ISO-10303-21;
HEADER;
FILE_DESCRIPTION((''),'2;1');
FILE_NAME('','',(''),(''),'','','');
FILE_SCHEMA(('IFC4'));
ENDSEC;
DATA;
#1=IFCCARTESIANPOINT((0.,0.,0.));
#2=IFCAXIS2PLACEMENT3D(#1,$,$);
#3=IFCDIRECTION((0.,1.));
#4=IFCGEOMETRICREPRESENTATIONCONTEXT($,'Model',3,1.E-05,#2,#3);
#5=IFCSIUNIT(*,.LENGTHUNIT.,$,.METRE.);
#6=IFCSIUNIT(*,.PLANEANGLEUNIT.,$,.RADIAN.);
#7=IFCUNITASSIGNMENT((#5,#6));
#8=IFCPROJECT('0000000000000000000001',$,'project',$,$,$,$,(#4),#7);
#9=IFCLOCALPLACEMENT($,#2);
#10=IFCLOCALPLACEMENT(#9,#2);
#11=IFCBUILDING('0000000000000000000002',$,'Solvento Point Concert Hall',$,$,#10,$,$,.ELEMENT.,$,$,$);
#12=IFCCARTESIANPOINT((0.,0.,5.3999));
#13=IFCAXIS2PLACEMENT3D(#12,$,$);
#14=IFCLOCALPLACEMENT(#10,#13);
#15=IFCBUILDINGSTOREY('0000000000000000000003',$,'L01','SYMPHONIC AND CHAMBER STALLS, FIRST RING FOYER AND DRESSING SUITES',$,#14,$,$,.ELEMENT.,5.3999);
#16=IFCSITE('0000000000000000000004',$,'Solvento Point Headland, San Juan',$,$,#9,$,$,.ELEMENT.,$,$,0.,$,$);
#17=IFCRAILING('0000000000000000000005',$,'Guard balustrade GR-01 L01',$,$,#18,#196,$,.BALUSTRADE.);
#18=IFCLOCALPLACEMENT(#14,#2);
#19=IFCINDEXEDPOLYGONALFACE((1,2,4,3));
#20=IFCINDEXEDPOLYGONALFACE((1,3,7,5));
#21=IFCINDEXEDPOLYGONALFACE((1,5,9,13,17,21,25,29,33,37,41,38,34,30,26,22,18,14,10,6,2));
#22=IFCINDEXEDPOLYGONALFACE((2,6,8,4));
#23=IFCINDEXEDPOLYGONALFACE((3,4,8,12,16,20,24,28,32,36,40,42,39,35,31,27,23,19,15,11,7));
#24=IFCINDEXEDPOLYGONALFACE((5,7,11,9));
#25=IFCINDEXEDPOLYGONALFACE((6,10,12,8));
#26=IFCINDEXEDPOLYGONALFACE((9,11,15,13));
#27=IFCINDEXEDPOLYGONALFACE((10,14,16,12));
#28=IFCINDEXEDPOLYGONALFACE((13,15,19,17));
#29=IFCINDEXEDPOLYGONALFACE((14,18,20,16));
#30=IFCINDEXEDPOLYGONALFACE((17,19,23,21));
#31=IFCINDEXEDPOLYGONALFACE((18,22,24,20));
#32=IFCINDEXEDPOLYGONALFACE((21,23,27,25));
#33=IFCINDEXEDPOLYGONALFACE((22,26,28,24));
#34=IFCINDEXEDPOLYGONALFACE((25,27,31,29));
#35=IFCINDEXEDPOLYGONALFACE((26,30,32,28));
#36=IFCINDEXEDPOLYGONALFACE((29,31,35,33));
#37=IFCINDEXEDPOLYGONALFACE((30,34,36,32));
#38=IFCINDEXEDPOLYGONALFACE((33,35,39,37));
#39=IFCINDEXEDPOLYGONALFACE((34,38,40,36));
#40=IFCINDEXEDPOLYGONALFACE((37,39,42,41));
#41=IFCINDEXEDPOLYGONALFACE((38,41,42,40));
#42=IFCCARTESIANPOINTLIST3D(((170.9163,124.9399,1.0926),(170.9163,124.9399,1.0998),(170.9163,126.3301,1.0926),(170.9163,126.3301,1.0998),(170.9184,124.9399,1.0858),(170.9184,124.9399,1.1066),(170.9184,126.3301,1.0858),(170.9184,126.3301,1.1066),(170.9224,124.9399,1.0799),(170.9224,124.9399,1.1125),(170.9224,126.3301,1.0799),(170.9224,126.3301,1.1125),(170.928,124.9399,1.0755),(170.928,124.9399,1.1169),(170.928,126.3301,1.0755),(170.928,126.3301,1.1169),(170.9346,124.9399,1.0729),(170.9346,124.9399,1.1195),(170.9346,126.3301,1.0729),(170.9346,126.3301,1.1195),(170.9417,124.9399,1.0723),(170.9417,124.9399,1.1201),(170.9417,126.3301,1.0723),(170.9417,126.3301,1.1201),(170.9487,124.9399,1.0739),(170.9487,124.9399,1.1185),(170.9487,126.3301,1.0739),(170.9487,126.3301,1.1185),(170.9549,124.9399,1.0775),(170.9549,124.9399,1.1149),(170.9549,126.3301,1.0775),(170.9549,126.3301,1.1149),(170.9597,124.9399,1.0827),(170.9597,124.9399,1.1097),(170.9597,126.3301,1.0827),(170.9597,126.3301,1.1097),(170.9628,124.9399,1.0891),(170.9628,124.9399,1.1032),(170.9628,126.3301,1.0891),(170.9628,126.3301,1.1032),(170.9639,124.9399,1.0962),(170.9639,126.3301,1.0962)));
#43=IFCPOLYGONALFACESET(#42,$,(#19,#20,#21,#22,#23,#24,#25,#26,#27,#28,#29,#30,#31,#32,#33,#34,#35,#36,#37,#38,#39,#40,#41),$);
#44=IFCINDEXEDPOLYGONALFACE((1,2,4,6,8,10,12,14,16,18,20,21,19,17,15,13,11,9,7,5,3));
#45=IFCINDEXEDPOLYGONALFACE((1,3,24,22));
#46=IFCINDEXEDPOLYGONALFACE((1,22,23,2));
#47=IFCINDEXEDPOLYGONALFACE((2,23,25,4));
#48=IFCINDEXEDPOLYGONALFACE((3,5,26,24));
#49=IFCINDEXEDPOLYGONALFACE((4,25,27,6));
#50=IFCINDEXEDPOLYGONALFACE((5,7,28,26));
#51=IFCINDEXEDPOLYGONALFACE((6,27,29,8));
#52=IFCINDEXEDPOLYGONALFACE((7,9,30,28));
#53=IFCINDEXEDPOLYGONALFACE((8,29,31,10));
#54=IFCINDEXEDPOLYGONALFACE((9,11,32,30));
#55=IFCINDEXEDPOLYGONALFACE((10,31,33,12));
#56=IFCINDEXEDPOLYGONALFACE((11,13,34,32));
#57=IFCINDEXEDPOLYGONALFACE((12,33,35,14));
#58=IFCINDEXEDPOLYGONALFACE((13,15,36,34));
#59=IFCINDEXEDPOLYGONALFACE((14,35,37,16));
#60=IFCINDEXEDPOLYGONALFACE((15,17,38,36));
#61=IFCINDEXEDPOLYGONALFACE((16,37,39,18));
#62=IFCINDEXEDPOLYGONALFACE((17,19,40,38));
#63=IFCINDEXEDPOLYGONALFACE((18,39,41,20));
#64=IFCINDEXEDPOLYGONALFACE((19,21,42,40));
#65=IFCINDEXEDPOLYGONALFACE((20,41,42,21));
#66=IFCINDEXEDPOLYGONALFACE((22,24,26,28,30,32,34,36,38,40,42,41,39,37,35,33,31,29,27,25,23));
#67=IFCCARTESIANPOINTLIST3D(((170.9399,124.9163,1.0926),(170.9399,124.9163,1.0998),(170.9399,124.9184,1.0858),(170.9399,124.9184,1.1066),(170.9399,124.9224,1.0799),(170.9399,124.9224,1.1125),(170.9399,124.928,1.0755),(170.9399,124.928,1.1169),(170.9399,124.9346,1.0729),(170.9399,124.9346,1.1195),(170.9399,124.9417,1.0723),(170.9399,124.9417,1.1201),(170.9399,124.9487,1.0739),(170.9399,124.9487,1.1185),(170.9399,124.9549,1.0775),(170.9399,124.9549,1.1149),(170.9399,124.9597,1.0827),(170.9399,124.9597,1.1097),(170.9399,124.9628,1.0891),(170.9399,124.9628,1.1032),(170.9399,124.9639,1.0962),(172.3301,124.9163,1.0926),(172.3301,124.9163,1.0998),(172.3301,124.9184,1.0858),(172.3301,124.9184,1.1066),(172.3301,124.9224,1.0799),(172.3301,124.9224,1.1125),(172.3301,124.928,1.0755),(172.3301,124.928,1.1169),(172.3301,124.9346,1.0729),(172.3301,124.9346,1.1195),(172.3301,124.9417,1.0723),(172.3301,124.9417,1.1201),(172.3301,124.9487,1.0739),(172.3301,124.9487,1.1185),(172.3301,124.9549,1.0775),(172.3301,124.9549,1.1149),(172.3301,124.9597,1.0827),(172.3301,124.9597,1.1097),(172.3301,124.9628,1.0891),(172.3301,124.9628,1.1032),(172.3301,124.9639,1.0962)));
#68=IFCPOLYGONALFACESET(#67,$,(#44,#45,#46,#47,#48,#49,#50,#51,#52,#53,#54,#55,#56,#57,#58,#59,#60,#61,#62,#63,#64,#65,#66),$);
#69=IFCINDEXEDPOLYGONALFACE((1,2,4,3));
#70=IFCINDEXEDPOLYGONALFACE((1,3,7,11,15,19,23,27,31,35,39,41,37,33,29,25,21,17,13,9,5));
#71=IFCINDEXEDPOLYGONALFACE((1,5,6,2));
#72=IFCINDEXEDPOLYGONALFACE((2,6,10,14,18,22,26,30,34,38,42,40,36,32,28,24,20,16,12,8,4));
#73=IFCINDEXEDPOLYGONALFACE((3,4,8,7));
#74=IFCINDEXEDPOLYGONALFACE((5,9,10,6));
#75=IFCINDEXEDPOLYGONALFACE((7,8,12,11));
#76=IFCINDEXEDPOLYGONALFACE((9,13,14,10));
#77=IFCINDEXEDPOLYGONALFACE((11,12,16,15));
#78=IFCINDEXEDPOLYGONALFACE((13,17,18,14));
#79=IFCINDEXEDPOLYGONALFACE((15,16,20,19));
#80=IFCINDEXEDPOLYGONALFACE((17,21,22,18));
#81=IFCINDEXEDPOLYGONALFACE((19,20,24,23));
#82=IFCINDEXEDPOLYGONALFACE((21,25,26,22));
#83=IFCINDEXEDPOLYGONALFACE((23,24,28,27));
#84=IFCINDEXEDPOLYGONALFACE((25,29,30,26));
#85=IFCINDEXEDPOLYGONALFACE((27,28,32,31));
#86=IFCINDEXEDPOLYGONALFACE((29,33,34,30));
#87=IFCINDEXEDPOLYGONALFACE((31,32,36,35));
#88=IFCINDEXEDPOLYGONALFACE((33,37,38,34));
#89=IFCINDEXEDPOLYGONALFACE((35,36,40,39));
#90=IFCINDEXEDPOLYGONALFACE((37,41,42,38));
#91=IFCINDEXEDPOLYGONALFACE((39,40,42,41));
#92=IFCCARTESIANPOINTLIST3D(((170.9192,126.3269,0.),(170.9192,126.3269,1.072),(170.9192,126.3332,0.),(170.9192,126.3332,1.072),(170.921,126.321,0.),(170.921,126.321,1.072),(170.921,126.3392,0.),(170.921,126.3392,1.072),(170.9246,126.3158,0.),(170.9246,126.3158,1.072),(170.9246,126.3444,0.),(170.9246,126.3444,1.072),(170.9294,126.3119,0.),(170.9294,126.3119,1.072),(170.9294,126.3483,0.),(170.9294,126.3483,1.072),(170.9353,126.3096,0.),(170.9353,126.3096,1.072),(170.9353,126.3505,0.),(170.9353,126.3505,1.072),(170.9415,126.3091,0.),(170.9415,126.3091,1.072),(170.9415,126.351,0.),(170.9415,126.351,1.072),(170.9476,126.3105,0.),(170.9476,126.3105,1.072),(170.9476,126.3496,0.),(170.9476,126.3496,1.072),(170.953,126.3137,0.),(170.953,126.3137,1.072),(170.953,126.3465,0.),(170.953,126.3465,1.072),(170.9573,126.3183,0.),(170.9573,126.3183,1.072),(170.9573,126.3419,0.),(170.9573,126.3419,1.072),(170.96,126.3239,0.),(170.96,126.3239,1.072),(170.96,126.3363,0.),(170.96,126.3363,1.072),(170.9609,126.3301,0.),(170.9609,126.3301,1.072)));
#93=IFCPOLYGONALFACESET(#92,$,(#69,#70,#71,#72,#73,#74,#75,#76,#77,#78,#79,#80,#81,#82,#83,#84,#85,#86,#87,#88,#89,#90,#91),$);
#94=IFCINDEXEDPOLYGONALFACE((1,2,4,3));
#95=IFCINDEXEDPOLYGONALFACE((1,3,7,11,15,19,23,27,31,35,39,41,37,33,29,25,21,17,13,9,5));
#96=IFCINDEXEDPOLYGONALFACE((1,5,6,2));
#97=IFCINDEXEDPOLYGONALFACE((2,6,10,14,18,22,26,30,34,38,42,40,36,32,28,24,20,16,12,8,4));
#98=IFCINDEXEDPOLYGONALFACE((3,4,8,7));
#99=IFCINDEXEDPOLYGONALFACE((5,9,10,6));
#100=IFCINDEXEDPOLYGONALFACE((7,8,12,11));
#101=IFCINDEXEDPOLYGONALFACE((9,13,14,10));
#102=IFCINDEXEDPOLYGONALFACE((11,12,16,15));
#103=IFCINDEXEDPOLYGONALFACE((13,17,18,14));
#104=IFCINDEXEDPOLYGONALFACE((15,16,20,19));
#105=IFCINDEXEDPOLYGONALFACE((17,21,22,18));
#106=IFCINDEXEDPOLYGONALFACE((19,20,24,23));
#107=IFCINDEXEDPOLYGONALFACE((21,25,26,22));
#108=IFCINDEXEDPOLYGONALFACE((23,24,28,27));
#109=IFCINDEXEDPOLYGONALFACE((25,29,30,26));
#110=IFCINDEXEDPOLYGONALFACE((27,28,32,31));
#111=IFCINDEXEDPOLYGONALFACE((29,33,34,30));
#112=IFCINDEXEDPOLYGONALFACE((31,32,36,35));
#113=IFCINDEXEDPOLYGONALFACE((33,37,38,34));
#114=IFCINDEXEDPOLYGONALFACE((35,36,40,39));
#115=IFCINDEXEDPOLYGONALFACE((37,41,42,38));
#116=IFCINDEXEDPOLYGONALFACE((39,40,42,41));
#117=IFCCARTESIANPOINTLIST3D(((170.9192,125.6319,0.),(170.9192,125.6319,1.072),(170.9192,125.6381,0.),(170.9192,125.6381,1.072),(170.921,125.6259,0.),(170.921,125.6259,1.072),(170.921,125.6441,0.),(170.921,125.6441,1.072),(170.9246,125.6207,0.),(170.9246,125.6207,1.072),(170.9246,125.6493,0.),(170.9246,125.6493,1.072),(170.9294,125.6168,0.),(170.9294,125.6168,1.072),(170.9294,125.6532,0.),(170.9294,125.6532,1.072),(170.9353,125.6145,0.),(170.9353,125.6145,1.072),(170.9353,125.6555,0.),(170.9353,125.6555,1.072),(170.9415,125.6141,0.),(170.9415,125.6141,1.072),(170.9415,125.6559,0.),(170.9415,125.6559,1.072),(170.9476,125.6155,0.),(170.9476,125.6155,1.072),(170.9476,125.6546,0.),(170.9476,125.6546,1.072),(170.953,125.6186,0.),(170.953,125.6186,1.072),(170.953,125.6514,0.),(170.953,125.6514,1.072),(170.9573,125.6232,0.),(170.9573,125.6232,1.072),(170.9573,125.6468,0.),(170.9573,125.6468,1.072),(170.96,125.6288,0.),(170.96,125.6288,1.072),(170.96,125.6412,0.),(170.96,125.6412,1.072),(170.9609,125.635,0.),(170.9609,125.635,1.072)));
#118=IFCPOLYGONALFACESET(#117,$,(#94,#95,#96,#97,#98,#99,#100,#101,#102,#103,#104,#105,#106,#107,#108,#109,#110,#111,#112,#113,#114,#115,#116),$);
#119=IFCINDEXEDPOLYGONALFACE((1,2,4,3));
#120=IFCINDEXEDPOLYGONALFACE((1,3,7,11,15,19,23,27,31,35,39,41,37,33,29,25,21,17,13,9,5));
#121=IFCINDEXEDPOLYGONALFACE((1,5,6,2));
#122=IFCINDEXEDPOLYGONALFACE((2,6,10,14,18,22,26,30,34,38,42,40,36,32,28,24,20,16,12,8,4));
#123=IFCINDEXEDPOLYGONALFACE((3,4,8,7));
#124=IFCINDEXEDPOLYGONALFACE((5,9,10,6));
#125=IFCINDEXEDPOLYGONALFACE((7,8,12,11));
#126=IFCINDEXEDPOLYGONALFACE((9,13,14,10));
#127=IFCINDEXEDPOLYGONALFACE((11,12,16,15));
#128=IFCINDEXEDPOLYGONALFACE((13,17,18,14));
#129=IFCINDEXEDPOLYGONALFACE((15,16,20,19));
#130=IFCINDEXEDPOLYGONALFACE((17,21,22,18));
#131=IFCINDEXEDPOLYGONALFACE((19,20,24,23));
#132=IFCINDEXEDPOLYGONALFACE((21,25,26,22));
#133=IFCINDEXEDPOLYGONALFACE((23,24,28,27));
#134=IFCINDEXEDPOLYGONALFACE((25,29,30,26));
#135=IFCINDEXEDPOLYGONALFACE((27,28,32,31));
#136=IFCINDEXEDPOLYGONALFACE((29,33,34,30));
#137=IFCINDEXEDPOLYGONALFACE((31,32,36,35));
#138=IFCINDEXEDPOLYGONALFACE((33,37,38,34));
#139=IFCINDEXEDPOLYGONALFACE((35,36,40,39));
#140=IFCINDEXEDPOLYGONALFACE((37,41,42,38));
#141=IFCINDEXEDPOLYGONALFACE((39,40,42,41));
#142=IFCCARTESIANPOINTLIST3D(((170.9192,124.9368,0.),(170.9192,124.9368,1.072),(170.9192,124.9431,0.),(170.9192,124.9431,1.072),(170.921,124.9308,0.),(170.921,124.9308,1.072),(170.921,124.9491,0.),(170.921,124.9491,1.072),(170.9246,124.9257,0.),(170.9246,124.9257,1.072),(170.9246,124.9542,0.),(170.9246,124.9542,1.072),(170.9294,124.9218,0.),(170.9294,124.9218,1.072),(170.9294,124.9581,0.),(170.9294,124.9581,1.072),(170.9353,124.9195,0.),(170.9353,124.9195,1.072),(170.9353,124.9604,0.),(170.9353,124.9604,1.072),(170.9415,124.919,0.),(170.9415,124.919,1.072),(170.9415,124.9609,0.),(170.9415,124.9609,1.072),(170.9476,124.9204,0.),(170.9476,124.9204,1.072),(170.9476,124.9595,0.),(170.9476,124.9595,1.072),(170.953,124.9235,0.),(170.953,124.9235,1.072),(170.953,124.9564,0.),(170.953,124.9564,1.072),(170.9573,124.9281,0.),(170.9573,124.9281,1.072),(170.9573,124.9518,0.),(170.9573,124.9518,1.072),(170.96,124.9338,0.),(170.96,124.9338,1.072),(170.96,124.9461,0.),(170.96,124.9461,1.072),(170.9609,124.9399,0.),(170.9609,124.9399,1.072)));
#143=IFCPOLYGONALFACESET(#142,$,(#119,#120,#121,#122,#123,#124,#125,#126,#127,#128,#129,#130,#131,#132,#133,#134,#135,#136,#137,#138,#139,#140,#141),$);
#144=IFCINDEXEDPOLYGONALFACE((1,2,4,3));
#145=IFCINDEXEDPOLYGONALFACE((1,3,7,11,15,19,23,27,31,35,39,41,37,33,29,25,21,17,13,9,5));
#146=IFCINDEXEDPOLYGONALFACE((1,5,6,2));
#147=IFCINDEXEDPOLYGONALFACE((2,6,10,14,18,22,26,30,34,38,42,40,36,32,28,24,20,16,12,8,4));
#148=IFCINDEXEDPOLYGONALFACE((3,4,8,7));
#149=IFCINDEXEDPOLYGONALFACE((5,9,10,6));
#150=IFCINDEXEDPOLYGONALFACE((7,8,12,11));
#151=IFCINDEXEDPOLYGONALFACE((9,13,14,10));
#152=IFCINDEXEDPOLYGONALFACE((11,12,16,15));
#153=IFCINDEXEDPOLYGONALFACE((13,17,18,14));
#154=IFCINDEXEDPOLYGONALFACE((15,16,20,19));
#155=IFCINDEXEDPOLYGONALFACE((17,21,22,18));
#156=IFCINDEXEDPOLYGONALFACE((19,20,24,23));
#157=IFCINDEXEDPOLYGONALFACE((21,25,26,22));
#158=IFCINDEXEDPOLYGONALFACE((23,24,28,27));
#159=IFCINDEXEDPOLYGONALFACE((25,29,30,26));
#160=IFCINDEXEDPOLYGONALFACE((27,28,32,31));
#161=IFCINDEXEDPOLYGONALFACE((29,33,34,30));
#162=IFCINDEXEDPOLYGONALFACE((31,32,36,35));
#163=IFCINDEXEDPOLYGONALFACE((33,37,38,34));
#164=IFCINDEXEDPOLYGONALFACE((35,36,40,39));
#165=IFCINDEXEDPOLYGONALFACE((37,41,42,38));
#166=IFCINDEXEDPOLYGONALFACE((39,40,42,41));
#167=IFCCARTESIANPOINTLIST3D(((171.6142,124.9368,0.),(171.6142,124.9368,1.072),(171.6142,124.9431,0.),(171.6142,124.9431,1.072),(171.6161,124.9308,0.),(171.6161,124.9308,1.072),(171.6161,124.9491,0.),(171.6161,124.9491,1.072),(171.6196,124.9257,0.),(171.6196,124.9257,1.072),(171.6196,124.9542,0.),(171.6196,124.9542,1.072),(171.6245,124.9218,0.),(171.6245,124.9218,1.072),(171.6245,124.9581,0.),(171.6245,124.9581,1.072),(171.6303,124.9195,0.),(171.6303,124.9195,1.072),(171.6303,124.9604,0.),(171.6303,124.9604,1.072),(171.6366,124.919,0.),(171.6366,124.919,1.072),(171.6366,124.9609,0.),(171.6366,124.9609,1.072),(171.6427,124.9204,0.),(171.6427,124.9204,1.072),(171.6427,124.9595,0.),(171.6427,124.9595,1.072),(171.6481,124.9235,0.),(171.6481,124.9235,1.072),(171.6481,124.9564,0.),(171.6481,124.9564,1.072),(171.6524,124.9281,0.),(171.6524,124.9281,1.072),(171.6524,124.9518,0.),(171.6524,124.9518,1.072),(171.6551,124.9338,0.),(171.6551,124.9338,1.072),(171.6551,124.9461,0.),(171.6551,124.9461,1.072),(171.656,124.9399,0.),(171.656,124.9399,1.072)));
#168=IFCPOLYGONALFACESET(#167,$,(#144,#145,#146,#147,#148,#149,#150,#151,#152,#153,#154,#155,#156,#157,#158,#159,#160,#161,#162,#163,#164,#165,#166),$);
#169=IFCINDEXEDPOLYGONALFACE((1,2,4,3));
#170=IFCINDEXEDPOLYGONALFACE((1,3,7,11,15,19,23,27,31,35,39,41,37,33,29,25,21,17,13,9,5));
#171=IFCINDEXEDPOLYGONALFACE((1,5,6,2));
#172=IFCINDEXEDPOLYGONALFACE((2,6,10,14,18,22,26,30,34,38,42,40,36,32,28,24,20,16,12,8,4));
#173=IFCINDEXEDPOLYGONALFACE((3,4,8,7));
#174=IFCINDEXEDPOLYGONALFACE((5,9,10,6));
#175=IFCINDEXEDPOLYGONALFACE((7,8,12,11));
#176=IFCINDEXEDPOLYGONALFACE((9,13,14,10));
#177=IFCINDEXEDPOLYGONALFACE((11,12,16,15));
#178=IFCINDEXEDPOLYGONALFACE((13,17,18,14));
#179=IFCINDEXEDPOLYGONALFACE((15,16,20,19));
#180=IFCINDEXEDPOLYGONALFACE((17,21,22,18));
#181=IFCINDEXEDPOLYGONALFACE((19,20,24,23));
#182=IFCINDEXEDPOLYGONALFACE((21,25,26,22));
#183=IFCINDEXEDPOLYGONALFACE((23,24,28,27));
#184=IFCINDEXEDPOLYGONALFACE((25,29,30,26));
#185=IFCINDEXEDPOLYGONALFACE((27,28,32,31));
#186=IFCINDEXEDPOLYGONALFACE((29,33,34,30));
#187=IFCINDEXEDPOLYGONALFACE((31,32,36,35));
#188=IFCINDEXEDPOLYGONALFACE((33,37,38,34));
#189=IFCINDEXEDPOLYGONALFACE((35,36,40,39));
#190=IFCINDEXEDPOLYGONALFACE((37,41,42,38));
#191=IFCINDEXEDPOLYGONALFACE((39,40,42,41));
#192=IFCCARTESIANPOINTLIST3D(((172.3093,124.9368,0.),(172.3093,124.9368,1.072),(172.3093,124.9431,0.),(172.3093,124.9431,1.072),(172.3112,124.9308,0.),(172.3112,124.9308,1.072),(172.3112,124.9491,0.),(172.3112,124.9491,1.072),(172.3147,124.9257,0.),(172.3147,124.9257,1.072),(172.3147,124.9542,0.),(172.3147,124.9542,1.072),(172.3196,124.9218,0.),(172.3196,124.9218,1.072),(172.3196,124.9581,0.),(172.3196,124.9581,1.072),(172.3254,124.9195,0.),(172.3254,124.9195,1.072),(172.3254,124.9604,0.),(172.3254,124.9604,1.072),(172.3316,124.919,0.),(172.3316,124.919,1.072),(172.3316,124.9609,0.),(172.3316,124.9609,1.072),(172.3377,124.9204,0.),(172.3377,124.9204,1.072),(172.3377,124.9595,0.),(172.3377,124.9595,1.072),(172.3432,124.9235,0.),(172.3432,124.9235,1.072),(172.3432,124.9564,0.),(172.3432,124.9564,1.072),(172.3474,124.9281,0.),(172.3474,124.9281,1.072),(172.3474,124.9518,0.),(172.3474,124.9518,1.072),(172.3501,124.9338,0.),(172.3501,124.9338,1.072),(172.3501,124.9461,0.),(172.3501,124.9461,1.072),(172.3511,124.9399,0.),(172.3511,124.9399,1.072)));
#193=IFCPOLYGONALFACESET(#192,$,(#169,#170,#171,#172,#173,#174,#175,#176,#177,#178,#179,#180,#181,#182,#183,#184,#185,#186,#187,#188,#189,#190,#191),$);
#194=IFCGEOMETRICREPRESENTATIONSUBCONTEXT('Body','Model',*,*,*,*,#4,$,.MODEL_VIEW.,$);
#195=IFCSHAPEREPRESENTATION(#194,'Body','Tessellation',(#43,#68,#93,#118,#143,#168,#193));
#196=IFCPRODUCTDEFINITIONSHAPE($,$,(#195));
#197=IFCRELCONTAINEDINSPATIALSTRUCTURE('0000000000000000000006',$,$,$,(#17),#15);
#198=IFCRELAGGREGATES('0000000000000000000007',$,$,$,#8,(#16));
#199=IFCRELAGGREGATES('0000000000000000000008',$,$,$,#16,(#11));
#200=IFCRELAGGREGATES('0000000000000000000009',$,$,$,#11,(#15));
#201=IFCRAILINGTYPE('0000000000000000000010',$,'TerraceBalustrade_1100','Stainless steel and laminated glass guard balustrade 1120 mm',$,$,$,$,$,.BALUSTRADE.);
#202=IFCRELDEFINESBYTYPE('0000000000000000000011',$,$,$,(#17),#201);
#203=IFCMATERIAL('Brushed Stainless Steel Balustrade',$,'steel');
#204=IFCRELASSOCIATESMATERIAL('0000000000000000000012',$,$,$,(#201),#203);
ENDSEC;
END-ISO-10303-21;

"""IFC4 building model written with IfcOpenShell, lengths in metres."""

from ifc_helpers import new_model, si_unit, direction, frame, origin, origin_2d, place, context, subcontext, project, spatial, circle, extrude, material, type_object, element, save


model = new_model("IFC4")

# Units and contexts
model_context = context("Model", 3, precision=1e-05, world=origin(), true_north=direction((0.0, 1.0)))
body_context = subcontext(model_context, "Body", "Model", "MODEL_VIEW")
ifc_project = project(units=[si_unit("LENGTHUNIT", "METRE"), si_unit("PLANEANGLEUNIT", "RADIAN")], contexts=[model_context])

# Site, building, storey
site_placement = place(None, origin())
site = spatial("IfcSite", under=ifc_project, at=site_placement, Name="Solvento Point Headland, San Juan", CompositionType="ELEMENT", RefElevation=0.0)
building_placement = place(site_placement, origin())
building = spatial("IfcBuilding", under=site, at=building_placement, Name="Solvento Point Concert Hall", CompositionType="ELEMENT")
storey_placement = place(building_placement, frame((0.0, 0.0, 5.3999)))
storey = spatial("IfcBuildingStorey", under=building, at=storey_placement, Name="L01", Description="SYMPHONIC AND CHAMBER STALLS, FIRST RING FOYER AND DRESSING SUITES", CompositionType="ELEMENT", Elevation=5.3999)

# Railing
ifc_material_1 = material(Name="Brushed Stainless Steel Balustrade", Category="steel")
railing_type = type_object("IfcRailingType", Name="TerraceBalustrade_1100", Description="Stainless steel and laminated glass guard balustrade 1120 mm", PredefinedType="BALUSTRADE", material=ifc_material_1)
railing_1_placement = place(storey_placement, frame((170.9399, 126.3301, 0.0)))
element("IfcRailing", 1, at=railing_1_placement, inside=storey, type_object=railing_type, Name="Guard balustrade GR-01 L01", PredefinedType="BALUSTRADE", context=body_context, shape_type="SweptSolid", body=[
    extrude(circle(Radius=0.0239, at=origin_2d()), frame((0.0, 0.0, 1.0962), z_axis=(0.0, -1.0, 0.0), x_axis=(1.0, 0.0, 0.0)), (0.0, 0.0, 1.0), 1.3901),
    extrude(circle(Radius=0.0239, at=origin_2d()), frame((0.0, -1.3901, 1.0962), z_axis=(1.0, 0.0, 0.0), x_axis=(0.0, 1.0, 0.0)), (0.0, 0.0, 1.0), 1.3901),
    extrude(circle(Radius=0.021, at=origin_2d()), origin(), (0.0, 0.0, 1.0), 1.072),
    extrude(circle(Radius=0.021, at=origin_2d()), frame((0.0, -0.6951, 0.0)), (0.0, 0.0, 1.0), 1.072),
    extrude(circle(Radius=0.021, at=origin_2d()), frame((0.0, -1.3901, 0.0)), (0.0, 0.0, 1.0), 1.072),
    extrude(circle(Radius=0.021, at=origin_2d()), frame((0.6951, -1.3901, 0.0)), (0.0, 0.0, 1.0), 1.072),
    extrude(circle(Radius=0.021, at=origin_2d()), frame((1.3901, -1.3901, 0.0)), (0.0, 0.0, 1.0), 1.072),
])

save(model, "model.ifc")
